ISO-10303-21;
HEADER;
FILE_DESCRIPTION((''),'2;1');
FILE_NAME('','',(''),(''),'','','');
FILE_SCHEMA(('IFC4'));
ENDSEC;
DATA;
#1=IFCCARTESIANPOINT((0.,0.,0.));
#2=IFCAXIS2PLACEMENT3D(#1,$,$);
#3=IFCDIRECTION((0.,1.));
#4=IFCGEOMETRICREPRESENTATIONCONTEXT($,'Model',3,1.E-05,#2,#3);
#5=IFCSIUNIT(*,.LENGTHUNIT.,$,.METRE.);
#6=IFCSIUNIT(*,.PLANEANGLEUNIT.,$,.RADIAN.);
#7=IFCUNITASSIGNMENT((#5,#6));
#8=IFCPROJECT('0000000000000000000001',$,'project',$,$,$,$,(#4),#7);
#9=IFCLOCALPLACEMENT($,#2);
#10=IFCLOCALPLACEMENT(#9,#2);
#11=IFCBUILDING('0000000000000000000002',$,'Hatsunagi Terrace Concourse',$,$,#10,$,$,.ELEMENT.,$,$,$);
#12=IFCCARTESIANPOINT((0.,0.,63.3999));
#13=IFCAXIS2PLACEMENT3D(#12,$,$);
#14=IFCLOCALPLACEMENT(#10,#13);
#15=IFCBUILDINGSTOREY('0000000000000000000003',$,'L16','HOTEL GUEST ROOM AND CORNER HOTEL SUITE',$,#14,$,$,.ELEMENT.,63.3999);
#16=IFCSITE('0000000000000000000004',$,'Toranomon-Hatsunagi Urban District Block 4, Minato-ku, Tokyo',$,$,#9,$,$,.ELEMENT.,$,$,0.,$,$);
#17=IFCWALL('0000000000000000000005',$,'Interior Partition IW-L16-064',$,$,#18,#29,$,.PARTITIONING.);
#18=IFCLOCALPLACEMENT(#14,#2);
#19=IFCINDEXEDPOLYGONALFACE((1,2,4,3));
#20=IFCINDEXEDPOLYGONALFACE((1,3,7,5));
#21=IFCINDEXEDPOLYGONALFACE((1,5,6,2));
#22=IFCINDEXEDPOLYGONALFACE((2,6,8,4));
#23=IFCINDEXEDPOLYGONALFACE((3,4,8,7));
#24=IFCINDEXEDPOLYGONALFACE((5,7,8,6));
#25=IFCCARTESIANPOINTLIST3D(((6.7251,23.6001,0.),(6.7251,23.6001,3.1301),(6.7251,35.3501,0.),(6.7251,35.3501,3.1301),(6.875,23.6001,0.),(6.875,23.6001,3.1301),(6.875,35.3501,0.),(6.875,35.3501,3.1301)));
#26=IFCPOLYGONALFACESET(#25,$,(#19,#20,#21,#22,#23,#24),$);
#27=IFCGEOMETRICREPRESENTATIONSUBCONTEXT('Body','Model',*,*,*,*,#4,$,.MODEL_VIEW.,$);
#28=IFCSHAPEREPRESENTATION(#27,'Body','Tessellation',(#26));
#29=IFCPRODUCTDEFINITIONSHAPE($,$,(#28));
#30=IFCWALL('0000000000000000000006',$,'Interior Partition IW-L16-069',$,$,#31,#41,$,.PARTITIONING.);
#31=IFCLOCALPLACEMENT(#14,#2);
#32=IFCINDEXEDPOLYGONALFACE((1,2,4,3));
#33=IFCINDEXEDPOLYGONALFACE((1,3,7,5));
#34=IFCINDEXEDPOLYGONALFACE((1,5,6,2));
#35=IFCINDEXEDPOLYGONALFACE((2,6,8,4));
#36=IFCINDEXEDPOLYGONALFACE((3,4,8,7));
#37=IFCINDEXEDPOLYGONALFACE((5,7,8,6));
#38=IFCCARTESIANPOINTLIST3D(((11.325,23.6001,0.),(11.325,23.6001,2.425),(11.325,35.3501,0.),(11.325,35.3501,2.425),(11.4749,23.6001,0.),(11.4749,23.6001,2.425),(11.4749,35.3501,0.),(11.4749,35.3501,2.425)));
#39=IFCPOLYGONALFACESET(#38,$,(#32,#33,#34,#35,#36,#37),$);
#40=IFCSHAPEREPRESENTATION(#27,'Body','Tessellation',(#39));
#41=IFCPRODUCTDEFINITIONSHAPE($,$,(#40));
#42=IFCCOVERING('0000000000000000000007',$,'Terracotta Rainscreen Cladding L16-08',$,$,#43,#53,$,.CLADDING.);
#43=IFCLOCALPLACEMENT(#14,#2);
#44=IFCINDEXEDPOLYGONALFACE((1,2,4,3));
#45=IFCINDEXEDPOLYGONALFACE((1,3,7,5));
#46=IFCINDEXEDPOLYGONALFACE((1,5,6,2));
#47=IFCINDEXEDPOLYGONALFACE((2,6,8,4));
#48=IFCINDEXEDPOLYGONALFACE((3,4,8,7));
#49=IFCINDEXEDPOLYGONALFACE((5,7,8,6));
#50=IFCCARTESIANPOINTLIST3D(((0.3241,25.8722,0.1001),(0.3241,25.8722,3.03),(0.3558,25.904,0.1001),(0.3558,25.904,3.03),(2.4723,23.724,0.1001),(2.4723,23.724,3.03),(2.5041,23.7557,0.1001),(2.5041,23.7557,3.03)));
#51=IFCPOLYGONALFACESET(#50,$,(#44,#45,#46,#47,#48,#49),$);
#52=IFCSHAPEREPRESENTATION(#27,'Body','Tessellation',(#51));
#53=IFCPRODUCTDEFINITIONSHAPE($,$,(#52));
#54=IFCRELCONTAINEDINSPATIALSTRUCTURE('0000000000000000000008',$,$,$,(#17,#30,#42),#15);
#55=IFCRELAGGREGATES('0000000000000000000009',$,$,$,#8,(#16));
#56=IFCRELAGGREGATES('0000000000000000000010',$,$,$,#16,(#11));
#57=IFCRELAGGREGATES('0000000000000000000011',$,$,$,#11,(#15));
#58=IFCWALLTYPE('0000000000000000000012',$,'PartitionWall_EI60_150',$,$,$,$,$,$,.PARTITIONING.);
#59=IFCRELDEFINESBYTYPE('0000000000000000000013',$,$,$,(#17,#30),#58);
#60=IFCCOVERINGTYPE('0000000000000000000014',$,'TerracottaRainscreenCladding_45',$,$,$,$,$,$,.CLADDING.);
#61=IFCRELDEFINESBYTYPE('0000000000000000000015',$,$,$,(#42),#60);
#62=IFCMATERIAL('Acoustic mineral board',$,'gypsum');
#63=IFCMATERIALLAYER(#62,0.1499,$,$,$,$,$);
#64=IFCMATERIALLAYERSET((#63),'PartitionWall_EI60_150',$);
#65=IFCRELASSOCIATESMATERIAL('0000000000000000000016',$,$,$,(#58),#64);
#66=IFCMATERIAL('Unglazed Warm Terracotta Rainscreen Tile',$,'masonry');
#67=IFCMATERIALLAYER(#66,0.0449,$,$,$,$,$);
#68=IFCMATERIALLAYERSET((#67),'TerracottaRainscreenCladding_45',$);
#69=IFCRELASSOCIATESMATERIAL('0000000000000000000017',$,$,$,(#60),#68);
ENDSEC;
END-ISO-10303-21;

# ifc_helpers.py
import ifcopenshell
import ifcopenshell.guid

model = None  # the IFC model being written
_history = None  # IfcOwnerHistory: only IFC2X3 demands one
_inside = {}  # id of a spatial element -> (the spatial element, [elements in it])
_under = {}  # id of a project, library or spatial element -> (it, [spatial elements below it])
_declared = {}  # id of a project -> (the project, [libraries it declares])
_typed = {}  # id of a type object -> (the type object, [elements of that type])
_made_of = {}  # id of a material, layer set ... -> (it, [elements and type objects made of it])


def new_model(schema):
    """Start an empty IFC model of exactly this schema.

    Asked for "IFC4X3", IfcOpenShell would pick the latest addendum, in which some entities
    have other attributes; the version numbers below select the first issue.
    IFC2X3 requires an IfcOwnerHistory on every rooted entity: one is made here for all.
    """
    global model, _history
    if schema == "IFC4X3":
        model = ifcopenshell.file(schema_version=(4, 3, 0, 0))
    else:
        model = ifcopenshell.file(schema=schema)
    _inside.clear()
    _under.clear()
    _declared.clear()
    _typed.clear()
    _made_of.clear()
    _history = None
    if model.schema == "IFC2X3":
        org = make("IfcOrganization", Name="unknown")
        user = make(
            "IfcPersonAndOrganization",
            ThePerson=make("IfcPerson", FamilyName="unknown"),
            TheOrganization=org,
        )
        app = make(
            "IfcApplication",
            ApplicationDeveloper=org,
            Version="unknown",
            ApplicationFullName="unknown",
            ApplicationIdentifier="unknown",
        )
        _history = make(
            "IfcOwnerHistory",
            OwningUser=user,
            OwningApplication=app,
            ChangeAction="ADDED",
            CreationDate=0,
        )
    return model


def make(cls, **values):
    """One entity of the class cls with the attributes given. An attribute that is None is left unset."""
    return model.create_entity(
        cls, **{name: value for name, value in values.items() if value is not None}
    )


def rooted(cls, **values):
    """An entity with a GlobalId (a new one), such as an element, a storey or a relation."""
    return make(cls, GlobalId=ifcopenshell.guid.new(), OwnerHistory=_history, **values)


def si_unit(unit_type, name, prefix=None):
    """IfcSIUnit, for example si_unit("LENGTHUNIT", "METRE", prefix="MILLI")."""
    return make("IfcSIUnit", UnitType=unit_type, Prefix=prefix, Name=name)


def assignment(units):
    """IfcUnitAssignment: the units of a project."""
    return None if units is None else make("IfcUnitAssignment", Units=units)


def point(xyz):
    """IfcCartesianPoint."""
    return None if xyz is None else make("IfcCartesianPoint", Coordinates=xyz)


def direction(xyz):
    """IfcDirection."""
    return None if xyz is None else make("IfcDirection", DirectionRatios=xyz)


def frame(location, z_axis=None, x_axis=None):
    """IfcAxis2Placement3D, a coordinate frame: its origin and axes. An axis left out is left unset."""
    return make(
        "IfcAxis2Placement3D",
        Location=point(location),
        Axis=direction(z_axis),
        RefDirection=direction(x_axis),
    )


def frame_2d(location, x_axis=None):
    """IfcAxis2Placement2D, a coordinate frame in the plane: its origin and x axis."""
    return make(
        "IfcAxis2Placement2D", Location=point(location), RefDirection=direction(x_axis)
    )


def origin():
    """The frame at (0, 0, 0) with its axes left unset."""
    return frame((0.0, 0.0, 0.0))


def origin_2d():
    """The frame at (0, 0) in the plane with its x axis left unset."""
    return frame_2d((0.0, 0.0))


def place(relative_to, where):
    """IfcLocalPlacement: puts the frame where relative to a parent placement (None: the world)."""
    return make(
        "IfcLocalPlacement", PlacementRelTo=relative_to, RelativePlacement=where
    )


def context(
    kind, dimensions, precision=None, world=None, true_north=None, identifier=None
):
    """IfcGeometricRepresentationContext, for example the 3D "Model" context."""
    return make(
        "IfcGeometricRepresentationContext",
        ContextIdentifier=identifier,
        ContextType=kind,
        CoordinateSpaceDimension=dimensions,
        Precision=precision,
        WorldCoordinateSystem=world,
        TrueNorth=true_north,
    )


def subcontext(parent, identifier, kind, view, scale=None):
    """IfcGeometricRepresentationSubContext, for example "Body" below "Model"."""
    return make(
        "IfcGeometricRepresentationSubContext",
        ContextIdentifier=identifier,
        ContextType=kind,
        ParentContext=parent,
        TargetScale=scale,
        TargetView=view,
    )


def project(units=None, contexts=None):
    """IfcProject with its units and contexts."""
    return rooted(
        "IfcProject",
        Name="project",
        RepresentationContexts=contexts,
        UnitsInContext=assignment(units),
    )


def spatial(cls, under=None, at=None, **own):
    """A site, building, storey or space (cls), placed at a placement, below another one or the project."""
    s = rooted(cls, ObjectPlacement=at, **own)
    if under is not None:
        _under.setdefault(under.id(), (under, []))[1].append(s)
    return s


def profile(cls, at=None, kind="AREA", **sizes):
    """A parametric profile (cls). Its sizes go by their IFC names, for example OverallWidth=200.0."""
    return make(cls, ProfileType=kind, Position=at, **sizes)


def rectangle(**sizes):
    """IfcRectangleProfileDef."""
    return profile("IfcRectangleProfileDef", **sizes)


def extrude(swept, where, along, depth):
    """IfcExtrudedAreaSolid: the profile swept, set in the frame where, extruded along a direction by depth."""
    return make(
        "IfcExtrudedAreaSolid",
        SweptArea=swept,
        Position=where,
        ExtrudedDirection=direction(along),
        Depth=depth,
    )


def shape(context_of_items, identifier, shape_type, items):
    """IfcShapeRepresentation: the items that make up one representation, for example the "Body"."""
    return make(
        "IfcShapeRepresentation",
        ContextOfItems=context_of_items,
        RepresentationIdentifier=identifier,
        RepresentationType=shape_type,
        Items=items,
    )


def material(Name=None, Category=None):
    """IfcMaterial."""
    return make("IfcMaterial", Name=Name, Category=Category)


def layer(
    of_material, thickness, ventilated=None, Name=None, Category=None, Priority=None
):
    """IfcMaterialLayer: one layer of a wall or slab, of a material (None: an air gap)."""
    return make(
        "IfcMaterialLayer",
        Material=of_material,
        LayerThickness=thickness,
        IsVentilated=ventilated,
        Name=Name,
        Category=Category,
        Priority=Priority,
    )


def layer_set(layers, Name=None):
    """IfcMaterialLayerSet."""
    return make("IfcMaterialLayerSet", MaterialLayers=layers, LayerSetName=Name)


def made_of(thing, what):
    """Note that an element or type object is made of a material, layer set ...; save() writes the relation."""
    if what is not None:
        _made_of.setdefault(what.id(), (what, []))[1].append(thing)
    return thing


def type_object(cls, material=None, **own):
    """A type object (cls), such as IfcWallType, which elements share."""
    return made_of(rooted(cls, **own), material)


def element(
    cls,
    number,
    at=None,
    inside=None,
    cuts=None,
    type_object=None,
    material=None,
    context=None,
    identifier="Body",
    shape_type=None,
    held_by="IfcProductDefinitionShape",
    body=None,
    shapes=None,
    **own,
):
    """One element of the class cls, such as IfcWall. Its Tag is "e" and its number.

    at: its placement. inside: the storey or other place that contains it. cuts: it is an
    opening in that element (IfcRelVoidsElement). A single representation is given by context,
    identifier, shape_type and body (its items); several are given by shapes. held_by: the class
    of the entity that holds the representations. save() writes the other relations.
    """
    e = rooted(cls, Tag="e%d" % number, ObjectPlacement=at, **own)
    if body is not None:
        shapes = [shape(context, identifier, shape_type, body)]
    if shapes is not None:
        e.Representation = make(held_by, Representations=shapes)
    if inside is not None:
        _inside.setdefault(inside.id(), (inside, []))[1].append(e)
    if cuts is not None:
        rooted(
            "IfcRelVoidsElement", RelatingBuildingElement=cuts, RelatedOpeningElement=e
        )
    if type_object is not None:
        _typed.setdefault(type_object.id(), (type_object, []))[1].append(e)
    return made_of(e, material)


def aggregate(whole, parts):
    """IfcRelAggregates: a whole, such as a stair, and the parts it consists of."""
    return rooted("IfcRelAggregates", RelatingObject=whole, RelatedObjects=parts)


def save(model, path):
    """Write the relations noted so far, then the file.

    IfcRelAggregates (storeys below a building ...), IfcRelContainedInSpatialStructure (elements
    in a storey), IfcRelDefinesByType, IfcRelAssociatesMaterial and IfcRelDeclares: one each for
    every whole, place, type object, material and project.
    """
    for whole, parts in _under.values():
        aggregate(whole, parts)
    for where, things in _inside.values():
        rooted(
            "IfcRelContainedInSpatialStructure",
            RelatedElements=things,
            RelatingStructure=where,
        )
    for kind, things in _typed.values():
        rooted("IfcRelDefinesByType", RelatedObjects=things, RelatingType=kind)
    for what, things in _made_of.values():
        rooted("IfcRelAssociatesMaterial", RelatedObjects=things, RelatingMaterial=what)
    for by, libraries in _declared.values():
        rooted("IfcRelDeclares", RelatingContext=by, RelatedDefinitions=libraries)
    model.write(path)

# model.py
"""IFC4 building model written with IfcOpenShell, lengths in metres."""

from ifc_helpers import new_model, si_unit, direction, frame, frame_2d, origin, origin_2d, place, context, subcontext, project, spatial, rectangle, extrude, material, layer, layer_set, type_object, element, save


model = new_model("IFC4")

# Units and contexts
model_context = context("Model", 3, precision=1e-05, world=origin(), true_north=direction((0.0, 1.0)))
body_context = subcontext(model_context, "Body", "Model", "MODEL_VIEW")
ifc_project = project(units=[si_unit("LENGTHUNIT", "METRE"), si_unit("PLANEANGLEUNIT", "RADIAN")], contexts=[model_context])

# Site, building, storey
site_placement = place(None, origin())
site = spatial("IfcSite", under=ifc_project, at=site_placement, Name="Toranomon-Hatsunagi Urban District Block 4, Minato-ku, Tokyo", CompositionType="ELEMENT", RefElevation=0.0)
building_placement = place(site_placement, origin())
building = spatial("IfcBuilding", under=site, at=building_placement, Name="Hatsunagi Terrace Concourse", CompositionType="ELEMENT")
storey_placement = place(building_placement, frame((0.0, 0.0, 63.3999)))
storey = spatial("IfcBuildingStorey", under=building, at=storey_placement, Name="L16", Description="HOTEL GUEST ROOM AND CORNER HOTEL SUITE", CompositionType="ELEMENT", Elevation=63.3999)

# Walls
ifc_material_1 = material(Name="Acoustic mineral board", Category="gypsum")
ifc_layer_1 = layer(ifc_material_1, 0.1499)
ifc_layer_set_1 = layer_set([ifc_layer_1], Name="PartitionWall_EI60_150")
wall_type_1 = type_object("IfcWallType", Name="PartitionWall_EI60_150", PredefinedType="PARTITIONING", material=ifc_layer_set_1)
wall_1_placement = place(storey_placement, frame((6.8, 23.6001, 0.0), z_axis=(0.0, 0.0, 1.0), x_axis=(0.0, 1.0, 0.0)))
element("IfcWall", 1, at=wall_1_placement, inside=storey, type_object=wall_type_1, Name="Interior Partition IW-L16-064", PredefinedType="PARTITIONING", context=body_context, shape_type="SweptSolid", body=[
    extrude(rectangle(XDim=11.75, YDim=0.1499, at=frame_2d((5.875, 0.0))), origin(), (0.0, 0.0, 1.0), 3.1301),
])
wall_2_placement = place(storey_placement, frame((11.3999, 23.6001, 0.0), z_axis=(0.0, 0.0, 1.0), x_axis=(0.0, 1.0, 0.0)))
element("IfcWall", 2, at=wall_2_placement, inside=storey, type_object=wall_type_1, Name="Interior Partition IW-L16-069", PredefinedType="PARTITIONING", context=body_context, shape_type="SweptSolid", body=[
    extrude(rectangle(XDim=11.75, YDim=0.1499, at=frame_2d((5.875, 0.0))), origin(), (0.0, 0.0, 1.0), 2.425),
])

# Covering
ifc_material_2 = material(Name="Unglazed Warm Terracotta Rainscreen Tile", Category="masonry")
ifc_layer_2 = layer(ifc_material_2, 0.0449)
ifc_layer_set_2 = layer_set([ifc_layer_2], Name="TerracottaRainscreenCladding_45")
covering_type = type_object("IfcCoveringType", Name="TerracottaRainscreenCladding_45", PredefinedType="CLADDING", material=ifc_layer_set_2)
covering_placement = place(storey_placement, frame((1.4141, 24.814, 0.1001), z_axis=(0.0, 0.0, 1.0), x_axis=(-0.707107, 0.707107, 0.0)))
element("IfcCovering", 3, at=covering_placement, inside=storey, type_object=covering_type, Name="Terracotta Rainscreen Cladding L16-08", PredefinedType="CLADDING", context=body_context, shape_type="SweptSolid", body=[
    extrude(rectangle(XDim=3.0381, YDim=0.0449, at=origin_2d()), origin(), (0.0, 0.0, 1.0), 2.9299),
])

save(model, "model.ifc")
